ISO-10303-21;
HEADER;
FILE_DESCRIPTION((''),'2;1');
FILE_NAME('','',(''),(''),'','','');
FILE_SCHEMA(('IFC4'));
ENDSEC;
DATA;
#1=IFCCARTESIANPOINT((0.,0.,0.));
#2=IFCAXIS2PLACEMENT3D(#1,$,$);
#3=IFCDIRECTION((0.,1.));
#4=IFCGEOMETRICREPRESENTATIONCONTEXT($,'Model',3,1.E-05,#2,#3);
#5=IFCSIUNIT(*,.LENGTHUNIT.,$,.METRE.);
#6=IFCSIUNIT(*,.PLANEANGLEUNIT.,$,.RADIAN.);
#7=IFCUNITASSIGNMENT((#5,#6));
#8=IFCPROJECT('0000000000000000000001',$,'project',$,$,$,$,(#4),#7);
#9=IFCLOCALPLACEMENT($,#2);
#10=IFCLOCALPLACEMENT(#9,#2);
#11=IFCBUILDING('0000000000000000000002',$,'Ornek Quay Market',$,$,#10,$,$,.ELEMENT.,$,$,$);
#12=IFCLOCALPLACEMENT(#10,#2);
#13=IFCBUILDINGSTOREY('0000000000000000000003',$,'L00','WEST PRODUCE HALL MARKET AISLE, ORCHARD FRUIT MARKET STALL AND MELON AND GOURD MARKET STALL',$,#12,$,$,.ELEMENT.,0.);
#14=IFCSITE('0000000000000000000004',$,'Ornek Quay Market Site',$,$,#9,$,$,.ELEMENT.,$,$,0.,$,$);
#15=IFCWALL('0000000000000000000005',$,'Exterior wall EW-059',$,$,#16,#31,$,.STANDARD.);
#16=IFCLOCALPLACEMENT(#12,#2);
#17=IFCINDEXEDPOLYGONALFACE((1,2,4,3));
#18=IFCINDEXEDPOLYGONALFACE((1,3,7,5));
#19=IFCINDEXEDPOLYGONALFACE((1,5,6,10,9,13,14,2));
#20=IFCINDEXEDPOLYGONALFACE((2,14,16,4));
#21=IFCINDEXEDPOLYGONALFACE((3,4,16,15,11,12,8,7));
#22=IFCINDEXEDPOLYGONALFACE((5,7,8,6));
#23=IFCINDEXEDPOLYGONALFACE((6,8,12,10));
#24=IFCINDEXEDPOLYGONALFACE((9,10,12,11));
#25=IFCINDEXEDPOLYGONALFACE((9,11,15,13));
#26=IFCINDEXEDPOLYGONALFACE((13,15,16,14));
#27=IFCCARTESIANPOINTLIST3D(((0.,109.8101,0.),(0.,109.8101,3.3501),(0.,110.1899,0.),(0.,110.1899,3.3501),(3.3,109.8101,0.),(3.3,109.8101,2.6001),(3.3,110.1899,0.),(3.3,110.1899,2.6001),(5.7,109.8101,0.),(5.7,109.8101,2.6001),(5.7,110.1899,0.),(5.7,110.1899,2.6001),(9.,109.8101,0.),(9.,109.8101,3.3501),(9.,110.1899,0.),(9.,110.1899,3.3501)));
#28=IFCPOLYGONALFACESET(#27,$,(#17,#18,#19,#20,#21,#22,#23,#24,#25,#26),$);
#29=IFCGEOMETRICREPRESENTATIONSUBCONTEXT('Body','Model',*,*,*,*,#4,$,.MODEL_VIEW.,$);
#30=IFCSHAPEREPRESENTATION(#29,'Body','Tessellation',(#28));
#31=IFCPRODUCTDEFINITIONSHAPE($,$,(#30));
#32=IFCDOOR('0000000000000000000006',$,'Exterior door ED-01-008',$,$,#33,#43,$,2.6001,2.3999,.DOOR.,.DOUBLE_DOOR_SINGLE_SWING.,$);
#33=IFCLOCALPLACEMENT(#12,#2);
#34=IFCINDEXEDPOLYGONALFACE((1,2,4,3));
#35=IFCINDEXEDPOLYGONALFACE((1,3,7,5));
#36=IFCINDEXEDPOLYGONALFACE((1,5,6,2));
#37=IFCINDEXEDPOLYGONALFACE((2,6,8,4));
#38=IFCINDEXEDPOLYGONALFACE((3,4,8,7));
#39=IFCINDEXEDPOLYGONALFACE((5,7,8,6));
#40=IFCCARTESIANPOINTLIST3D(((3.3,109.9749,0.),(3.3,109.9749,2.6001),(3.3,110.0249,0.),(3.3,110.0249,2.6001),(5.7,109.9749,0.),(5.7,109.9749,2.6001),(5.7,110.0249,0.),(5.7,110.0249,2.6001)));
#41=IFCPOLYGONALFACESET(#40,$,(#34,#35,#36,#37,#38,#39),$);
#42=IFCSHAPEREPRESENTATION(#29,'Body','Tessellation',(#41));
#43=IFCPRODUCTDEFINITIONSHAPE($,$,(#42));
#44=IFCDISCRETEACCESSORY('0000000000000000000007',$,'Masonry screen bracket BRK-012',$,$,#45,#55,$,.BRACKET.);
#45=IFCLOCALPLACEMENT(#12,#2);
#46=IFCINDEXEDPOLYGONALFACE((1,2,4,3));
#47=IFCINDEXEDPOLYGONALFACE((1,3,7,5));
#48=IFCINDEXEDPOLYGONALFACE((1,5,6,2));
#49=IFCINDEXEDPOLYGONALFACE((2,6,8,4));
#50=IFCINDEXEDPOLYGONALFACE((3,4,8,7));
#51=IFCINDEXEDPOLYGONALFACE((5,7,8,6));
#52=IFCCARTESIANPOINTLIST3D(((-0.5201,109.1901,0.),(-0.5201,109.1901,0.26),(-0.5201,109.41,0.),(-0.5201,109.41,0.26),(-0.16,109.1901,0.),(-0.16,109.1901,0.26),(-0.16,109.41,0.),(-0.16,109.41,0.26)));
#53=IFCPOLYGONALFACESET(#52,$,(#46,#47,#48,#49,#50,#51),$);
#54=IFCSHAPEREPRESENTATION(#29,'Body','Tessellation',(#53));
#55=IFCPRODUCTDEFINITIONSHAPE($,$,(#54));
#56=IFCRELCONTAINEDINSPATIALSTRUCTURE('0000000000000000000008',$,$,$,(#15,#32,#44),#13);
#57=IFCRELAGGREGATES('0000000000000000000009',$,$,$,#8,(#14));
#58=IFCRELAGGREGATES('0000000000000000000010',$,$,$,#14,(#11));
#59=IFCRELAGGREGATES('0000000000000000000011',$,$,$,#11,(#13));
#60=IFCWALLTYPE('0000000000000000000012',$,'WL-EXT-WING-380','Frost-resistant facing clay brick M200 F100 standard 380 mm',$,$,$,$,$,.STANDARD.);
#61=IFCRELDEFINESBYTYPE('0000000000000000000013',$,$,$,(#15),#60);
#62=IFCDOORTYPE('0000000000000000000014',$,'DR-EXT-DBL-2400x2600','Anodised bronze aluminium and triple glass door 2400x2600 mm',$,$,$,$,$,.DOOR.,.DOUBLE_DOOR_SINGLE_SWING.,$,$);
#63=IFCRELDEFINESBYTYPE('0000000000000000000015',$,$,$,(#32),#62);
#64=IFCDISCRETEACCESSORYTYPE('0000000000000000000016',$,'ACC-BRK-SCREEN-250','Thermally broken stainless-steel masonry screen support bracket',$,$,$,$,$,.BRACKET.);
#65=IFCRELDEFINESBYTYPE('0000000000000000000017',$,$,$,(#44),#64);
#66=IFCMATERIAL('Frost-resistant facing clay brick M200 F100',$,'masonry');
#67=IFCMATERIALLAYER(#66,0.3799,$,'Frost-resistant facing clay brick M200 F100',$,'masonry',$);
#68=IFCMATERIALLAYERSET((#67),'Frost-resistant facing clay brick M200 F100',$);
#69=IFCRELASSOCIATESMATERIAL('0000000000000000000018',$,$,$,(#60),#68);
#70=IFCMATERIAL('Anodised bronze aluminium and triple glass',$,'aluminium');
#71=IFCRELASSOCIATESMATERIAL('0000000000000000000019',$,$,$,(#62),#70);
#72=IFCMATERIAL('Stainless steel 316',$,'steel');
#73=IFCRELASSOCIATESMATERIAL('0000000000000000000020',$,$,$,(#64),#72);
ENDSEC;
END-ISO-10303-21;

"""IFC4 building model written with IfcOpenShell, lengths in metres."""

from ifc_helpers import new_model, si_unit, direction, frame, frame_2d, origin, origin_2d, place, context, subcontext, project, spatial, rectangle, extrude, material, layer, layer_set, type_object, element, fill, save


model = new_model("IFC4")

# Units and contexts
model_context = context("Model", 3, precision=1e-05, world=origin(), true_north=direction((0.0, 1.0)))
body_context = subcontext(model_context, "Body", "Model", "MODEL_VIEW")
ifc_project = project(units=[si_unit("LENGTHUNIT", "METRE"), si_unit("PLANEANGLEUNIT", "RADIAN")], contexts=[model_context])

# Site, building, storey
site_placement = place(None, origin())
site = spatial("IfcSite", under=ifc_project, at=site_placement, Name="Ornek Quay Market Site", CompositionType="ELEMENT", RefElevation=0.0)
building_placement = place(site_placement, origin())
building = spatial("IfcBuilding", under=site, at=building_placement, Name="Ornek Quay Market", CompositionType="ELEMENT")
storey_placement = place(building_placement, origin())
storey = spatial("IfcBuildingStorey", under=building, at=storey_placement, Name="L00", Description="WEST PRODUCE HALL MARKET AISLE, ORCHARD FRUIT MARKET STALL AND MELON AND GOURD MARKET STALL", CompositionType="ELEMENT", Elevation=0.0)

# Wall, opening, door
ifc_material_1 = material(Name="Frost-resistant facing clay brick M200 F100", Category="masonry")
ifc_layer_1 = layer(ifc_material_1, 0.3799, Name="Frost-resistant facing clay brick M200 F100", Category="masonry")
ifc_layer_set_1 = layer_set([ifc_layer_1], Name="Frost-resistant facing clay brick M200 F100")
wall_type = type_object("IfcWallType", Name="WL-EXT-WING-380", Description="Frost-resistant facing clay brick M200 F100 standard 380 mm", PredefinedType="STANDARD", material=ifc_layer_set_1)
wall_placement = place(storey_placement, frame((0.0, 110.0, 0.0), z_axis=(0.0, 0.0, 1.0), x_axis=(1.0, 0.0, 0.0)))
wall = element("IfcWall", 1, at=wall_placement, inside=storey, type_object=wall_type, Name="Exterior wall EW-059", PredefinedType="STANDARD", context=body_context, shape_type="SweptSolid", body=[
    extrude(rectangle(XDim=9.0, YDim=0.3799, at=frame_2d((4.5, 0.0))), origin(), (0.0, 0.0, 1.0), 3.3501),
])
opening_placement = place(wall_placement, frame((3.3, 0.0, 0.0)))
opening = element("IfcOpeningElement", 2, at=opening_placement, cuts=wall, PredefinedType="OPENING", context=body_context, shape_type="SweptSolid", body=[
    extrude(rectangle(XDim=2.3999, YDim=2.6001, at=frame_2d((1.2, 1.3))), frame((0.0, 0.2, 0.0), z_axis=(0.0, -1.0, 0.0), x_axis=(1.0, 0.0, 0.0)), (0.0, 0.0, 1.0), 0.3999),
])
ifc_material_2 = material(Name="Anodised bronze aluminium and triple glass", Category="aluminium")
door_type = type_object("IfcDoorType", Name="DR-EXT-DBL-2400x2600", Description="Anodised bronze aluminium and triple glass door 2400x2600 mm", OperationType="DOUBLE_DOOR_SINGLE_SWING", PredefinedType="DOOR", material=ifc_material_2)
door_placement = place(opening_placement, origin())
door = element("IfcDoor", 3, at=door_placement, inside=storey, type_object=door_type, Name="Exterior door ED-01-008", OperationType="DOUBLE_DOOR_SINGLE_SWING", OverallHeight=2.6001, OverallWidth=2.3999, PredefinedType="DOOR", context=body_context, shape_type="SweptSolid", body=[
    extrude(rectangle(XDim=2.3999, YDim=2.6001, at=frame_2d((1.2, 1.3))), frame((0.0, 0.0249, 0.0), z_axis=(0.0, -1.0, 0.0), x_axis=(1.0, 0.0, 0.0)), (0.0, 0.0, 1.0), 0.05),
])
fill(opening, door)

# Discrete accessory
ifc_material_3 = material(Name="Stainless steel 316", Category="steel")
discrete_accessory_type = type_object("IfcDiscreteAccessoryType", Name="ACC-BRK-SCREEN-250", Description="Thermally broken stainless-steel masonry screen support bracket", PredefinedType="BRACKET", material=ifc_material_3)
discrete_accessory_placement = place(storey_placement, frame((-0.3401, 109.3, 0.0), z_axis=(0.0, 0.0, 1.0), x_axis=(0.0, 1.0, 0.0)))
element("IfcDiscreteAccessory", 4, at=discrete_accessory_placement, inside=storey, type_object=discrete_accessory_type, Name="Masonry screen bracket BRK-012", PredefinedType="BRACKET", context=body_context, shape_type="SweptSolid", body=[
    extrude(rectangle(XDim=0.22, YDim=0.3601, at=origin_2d()), origin(), (0.0, 0.0, 1.0), 0.26),
])

save(model, "model.ifc")
